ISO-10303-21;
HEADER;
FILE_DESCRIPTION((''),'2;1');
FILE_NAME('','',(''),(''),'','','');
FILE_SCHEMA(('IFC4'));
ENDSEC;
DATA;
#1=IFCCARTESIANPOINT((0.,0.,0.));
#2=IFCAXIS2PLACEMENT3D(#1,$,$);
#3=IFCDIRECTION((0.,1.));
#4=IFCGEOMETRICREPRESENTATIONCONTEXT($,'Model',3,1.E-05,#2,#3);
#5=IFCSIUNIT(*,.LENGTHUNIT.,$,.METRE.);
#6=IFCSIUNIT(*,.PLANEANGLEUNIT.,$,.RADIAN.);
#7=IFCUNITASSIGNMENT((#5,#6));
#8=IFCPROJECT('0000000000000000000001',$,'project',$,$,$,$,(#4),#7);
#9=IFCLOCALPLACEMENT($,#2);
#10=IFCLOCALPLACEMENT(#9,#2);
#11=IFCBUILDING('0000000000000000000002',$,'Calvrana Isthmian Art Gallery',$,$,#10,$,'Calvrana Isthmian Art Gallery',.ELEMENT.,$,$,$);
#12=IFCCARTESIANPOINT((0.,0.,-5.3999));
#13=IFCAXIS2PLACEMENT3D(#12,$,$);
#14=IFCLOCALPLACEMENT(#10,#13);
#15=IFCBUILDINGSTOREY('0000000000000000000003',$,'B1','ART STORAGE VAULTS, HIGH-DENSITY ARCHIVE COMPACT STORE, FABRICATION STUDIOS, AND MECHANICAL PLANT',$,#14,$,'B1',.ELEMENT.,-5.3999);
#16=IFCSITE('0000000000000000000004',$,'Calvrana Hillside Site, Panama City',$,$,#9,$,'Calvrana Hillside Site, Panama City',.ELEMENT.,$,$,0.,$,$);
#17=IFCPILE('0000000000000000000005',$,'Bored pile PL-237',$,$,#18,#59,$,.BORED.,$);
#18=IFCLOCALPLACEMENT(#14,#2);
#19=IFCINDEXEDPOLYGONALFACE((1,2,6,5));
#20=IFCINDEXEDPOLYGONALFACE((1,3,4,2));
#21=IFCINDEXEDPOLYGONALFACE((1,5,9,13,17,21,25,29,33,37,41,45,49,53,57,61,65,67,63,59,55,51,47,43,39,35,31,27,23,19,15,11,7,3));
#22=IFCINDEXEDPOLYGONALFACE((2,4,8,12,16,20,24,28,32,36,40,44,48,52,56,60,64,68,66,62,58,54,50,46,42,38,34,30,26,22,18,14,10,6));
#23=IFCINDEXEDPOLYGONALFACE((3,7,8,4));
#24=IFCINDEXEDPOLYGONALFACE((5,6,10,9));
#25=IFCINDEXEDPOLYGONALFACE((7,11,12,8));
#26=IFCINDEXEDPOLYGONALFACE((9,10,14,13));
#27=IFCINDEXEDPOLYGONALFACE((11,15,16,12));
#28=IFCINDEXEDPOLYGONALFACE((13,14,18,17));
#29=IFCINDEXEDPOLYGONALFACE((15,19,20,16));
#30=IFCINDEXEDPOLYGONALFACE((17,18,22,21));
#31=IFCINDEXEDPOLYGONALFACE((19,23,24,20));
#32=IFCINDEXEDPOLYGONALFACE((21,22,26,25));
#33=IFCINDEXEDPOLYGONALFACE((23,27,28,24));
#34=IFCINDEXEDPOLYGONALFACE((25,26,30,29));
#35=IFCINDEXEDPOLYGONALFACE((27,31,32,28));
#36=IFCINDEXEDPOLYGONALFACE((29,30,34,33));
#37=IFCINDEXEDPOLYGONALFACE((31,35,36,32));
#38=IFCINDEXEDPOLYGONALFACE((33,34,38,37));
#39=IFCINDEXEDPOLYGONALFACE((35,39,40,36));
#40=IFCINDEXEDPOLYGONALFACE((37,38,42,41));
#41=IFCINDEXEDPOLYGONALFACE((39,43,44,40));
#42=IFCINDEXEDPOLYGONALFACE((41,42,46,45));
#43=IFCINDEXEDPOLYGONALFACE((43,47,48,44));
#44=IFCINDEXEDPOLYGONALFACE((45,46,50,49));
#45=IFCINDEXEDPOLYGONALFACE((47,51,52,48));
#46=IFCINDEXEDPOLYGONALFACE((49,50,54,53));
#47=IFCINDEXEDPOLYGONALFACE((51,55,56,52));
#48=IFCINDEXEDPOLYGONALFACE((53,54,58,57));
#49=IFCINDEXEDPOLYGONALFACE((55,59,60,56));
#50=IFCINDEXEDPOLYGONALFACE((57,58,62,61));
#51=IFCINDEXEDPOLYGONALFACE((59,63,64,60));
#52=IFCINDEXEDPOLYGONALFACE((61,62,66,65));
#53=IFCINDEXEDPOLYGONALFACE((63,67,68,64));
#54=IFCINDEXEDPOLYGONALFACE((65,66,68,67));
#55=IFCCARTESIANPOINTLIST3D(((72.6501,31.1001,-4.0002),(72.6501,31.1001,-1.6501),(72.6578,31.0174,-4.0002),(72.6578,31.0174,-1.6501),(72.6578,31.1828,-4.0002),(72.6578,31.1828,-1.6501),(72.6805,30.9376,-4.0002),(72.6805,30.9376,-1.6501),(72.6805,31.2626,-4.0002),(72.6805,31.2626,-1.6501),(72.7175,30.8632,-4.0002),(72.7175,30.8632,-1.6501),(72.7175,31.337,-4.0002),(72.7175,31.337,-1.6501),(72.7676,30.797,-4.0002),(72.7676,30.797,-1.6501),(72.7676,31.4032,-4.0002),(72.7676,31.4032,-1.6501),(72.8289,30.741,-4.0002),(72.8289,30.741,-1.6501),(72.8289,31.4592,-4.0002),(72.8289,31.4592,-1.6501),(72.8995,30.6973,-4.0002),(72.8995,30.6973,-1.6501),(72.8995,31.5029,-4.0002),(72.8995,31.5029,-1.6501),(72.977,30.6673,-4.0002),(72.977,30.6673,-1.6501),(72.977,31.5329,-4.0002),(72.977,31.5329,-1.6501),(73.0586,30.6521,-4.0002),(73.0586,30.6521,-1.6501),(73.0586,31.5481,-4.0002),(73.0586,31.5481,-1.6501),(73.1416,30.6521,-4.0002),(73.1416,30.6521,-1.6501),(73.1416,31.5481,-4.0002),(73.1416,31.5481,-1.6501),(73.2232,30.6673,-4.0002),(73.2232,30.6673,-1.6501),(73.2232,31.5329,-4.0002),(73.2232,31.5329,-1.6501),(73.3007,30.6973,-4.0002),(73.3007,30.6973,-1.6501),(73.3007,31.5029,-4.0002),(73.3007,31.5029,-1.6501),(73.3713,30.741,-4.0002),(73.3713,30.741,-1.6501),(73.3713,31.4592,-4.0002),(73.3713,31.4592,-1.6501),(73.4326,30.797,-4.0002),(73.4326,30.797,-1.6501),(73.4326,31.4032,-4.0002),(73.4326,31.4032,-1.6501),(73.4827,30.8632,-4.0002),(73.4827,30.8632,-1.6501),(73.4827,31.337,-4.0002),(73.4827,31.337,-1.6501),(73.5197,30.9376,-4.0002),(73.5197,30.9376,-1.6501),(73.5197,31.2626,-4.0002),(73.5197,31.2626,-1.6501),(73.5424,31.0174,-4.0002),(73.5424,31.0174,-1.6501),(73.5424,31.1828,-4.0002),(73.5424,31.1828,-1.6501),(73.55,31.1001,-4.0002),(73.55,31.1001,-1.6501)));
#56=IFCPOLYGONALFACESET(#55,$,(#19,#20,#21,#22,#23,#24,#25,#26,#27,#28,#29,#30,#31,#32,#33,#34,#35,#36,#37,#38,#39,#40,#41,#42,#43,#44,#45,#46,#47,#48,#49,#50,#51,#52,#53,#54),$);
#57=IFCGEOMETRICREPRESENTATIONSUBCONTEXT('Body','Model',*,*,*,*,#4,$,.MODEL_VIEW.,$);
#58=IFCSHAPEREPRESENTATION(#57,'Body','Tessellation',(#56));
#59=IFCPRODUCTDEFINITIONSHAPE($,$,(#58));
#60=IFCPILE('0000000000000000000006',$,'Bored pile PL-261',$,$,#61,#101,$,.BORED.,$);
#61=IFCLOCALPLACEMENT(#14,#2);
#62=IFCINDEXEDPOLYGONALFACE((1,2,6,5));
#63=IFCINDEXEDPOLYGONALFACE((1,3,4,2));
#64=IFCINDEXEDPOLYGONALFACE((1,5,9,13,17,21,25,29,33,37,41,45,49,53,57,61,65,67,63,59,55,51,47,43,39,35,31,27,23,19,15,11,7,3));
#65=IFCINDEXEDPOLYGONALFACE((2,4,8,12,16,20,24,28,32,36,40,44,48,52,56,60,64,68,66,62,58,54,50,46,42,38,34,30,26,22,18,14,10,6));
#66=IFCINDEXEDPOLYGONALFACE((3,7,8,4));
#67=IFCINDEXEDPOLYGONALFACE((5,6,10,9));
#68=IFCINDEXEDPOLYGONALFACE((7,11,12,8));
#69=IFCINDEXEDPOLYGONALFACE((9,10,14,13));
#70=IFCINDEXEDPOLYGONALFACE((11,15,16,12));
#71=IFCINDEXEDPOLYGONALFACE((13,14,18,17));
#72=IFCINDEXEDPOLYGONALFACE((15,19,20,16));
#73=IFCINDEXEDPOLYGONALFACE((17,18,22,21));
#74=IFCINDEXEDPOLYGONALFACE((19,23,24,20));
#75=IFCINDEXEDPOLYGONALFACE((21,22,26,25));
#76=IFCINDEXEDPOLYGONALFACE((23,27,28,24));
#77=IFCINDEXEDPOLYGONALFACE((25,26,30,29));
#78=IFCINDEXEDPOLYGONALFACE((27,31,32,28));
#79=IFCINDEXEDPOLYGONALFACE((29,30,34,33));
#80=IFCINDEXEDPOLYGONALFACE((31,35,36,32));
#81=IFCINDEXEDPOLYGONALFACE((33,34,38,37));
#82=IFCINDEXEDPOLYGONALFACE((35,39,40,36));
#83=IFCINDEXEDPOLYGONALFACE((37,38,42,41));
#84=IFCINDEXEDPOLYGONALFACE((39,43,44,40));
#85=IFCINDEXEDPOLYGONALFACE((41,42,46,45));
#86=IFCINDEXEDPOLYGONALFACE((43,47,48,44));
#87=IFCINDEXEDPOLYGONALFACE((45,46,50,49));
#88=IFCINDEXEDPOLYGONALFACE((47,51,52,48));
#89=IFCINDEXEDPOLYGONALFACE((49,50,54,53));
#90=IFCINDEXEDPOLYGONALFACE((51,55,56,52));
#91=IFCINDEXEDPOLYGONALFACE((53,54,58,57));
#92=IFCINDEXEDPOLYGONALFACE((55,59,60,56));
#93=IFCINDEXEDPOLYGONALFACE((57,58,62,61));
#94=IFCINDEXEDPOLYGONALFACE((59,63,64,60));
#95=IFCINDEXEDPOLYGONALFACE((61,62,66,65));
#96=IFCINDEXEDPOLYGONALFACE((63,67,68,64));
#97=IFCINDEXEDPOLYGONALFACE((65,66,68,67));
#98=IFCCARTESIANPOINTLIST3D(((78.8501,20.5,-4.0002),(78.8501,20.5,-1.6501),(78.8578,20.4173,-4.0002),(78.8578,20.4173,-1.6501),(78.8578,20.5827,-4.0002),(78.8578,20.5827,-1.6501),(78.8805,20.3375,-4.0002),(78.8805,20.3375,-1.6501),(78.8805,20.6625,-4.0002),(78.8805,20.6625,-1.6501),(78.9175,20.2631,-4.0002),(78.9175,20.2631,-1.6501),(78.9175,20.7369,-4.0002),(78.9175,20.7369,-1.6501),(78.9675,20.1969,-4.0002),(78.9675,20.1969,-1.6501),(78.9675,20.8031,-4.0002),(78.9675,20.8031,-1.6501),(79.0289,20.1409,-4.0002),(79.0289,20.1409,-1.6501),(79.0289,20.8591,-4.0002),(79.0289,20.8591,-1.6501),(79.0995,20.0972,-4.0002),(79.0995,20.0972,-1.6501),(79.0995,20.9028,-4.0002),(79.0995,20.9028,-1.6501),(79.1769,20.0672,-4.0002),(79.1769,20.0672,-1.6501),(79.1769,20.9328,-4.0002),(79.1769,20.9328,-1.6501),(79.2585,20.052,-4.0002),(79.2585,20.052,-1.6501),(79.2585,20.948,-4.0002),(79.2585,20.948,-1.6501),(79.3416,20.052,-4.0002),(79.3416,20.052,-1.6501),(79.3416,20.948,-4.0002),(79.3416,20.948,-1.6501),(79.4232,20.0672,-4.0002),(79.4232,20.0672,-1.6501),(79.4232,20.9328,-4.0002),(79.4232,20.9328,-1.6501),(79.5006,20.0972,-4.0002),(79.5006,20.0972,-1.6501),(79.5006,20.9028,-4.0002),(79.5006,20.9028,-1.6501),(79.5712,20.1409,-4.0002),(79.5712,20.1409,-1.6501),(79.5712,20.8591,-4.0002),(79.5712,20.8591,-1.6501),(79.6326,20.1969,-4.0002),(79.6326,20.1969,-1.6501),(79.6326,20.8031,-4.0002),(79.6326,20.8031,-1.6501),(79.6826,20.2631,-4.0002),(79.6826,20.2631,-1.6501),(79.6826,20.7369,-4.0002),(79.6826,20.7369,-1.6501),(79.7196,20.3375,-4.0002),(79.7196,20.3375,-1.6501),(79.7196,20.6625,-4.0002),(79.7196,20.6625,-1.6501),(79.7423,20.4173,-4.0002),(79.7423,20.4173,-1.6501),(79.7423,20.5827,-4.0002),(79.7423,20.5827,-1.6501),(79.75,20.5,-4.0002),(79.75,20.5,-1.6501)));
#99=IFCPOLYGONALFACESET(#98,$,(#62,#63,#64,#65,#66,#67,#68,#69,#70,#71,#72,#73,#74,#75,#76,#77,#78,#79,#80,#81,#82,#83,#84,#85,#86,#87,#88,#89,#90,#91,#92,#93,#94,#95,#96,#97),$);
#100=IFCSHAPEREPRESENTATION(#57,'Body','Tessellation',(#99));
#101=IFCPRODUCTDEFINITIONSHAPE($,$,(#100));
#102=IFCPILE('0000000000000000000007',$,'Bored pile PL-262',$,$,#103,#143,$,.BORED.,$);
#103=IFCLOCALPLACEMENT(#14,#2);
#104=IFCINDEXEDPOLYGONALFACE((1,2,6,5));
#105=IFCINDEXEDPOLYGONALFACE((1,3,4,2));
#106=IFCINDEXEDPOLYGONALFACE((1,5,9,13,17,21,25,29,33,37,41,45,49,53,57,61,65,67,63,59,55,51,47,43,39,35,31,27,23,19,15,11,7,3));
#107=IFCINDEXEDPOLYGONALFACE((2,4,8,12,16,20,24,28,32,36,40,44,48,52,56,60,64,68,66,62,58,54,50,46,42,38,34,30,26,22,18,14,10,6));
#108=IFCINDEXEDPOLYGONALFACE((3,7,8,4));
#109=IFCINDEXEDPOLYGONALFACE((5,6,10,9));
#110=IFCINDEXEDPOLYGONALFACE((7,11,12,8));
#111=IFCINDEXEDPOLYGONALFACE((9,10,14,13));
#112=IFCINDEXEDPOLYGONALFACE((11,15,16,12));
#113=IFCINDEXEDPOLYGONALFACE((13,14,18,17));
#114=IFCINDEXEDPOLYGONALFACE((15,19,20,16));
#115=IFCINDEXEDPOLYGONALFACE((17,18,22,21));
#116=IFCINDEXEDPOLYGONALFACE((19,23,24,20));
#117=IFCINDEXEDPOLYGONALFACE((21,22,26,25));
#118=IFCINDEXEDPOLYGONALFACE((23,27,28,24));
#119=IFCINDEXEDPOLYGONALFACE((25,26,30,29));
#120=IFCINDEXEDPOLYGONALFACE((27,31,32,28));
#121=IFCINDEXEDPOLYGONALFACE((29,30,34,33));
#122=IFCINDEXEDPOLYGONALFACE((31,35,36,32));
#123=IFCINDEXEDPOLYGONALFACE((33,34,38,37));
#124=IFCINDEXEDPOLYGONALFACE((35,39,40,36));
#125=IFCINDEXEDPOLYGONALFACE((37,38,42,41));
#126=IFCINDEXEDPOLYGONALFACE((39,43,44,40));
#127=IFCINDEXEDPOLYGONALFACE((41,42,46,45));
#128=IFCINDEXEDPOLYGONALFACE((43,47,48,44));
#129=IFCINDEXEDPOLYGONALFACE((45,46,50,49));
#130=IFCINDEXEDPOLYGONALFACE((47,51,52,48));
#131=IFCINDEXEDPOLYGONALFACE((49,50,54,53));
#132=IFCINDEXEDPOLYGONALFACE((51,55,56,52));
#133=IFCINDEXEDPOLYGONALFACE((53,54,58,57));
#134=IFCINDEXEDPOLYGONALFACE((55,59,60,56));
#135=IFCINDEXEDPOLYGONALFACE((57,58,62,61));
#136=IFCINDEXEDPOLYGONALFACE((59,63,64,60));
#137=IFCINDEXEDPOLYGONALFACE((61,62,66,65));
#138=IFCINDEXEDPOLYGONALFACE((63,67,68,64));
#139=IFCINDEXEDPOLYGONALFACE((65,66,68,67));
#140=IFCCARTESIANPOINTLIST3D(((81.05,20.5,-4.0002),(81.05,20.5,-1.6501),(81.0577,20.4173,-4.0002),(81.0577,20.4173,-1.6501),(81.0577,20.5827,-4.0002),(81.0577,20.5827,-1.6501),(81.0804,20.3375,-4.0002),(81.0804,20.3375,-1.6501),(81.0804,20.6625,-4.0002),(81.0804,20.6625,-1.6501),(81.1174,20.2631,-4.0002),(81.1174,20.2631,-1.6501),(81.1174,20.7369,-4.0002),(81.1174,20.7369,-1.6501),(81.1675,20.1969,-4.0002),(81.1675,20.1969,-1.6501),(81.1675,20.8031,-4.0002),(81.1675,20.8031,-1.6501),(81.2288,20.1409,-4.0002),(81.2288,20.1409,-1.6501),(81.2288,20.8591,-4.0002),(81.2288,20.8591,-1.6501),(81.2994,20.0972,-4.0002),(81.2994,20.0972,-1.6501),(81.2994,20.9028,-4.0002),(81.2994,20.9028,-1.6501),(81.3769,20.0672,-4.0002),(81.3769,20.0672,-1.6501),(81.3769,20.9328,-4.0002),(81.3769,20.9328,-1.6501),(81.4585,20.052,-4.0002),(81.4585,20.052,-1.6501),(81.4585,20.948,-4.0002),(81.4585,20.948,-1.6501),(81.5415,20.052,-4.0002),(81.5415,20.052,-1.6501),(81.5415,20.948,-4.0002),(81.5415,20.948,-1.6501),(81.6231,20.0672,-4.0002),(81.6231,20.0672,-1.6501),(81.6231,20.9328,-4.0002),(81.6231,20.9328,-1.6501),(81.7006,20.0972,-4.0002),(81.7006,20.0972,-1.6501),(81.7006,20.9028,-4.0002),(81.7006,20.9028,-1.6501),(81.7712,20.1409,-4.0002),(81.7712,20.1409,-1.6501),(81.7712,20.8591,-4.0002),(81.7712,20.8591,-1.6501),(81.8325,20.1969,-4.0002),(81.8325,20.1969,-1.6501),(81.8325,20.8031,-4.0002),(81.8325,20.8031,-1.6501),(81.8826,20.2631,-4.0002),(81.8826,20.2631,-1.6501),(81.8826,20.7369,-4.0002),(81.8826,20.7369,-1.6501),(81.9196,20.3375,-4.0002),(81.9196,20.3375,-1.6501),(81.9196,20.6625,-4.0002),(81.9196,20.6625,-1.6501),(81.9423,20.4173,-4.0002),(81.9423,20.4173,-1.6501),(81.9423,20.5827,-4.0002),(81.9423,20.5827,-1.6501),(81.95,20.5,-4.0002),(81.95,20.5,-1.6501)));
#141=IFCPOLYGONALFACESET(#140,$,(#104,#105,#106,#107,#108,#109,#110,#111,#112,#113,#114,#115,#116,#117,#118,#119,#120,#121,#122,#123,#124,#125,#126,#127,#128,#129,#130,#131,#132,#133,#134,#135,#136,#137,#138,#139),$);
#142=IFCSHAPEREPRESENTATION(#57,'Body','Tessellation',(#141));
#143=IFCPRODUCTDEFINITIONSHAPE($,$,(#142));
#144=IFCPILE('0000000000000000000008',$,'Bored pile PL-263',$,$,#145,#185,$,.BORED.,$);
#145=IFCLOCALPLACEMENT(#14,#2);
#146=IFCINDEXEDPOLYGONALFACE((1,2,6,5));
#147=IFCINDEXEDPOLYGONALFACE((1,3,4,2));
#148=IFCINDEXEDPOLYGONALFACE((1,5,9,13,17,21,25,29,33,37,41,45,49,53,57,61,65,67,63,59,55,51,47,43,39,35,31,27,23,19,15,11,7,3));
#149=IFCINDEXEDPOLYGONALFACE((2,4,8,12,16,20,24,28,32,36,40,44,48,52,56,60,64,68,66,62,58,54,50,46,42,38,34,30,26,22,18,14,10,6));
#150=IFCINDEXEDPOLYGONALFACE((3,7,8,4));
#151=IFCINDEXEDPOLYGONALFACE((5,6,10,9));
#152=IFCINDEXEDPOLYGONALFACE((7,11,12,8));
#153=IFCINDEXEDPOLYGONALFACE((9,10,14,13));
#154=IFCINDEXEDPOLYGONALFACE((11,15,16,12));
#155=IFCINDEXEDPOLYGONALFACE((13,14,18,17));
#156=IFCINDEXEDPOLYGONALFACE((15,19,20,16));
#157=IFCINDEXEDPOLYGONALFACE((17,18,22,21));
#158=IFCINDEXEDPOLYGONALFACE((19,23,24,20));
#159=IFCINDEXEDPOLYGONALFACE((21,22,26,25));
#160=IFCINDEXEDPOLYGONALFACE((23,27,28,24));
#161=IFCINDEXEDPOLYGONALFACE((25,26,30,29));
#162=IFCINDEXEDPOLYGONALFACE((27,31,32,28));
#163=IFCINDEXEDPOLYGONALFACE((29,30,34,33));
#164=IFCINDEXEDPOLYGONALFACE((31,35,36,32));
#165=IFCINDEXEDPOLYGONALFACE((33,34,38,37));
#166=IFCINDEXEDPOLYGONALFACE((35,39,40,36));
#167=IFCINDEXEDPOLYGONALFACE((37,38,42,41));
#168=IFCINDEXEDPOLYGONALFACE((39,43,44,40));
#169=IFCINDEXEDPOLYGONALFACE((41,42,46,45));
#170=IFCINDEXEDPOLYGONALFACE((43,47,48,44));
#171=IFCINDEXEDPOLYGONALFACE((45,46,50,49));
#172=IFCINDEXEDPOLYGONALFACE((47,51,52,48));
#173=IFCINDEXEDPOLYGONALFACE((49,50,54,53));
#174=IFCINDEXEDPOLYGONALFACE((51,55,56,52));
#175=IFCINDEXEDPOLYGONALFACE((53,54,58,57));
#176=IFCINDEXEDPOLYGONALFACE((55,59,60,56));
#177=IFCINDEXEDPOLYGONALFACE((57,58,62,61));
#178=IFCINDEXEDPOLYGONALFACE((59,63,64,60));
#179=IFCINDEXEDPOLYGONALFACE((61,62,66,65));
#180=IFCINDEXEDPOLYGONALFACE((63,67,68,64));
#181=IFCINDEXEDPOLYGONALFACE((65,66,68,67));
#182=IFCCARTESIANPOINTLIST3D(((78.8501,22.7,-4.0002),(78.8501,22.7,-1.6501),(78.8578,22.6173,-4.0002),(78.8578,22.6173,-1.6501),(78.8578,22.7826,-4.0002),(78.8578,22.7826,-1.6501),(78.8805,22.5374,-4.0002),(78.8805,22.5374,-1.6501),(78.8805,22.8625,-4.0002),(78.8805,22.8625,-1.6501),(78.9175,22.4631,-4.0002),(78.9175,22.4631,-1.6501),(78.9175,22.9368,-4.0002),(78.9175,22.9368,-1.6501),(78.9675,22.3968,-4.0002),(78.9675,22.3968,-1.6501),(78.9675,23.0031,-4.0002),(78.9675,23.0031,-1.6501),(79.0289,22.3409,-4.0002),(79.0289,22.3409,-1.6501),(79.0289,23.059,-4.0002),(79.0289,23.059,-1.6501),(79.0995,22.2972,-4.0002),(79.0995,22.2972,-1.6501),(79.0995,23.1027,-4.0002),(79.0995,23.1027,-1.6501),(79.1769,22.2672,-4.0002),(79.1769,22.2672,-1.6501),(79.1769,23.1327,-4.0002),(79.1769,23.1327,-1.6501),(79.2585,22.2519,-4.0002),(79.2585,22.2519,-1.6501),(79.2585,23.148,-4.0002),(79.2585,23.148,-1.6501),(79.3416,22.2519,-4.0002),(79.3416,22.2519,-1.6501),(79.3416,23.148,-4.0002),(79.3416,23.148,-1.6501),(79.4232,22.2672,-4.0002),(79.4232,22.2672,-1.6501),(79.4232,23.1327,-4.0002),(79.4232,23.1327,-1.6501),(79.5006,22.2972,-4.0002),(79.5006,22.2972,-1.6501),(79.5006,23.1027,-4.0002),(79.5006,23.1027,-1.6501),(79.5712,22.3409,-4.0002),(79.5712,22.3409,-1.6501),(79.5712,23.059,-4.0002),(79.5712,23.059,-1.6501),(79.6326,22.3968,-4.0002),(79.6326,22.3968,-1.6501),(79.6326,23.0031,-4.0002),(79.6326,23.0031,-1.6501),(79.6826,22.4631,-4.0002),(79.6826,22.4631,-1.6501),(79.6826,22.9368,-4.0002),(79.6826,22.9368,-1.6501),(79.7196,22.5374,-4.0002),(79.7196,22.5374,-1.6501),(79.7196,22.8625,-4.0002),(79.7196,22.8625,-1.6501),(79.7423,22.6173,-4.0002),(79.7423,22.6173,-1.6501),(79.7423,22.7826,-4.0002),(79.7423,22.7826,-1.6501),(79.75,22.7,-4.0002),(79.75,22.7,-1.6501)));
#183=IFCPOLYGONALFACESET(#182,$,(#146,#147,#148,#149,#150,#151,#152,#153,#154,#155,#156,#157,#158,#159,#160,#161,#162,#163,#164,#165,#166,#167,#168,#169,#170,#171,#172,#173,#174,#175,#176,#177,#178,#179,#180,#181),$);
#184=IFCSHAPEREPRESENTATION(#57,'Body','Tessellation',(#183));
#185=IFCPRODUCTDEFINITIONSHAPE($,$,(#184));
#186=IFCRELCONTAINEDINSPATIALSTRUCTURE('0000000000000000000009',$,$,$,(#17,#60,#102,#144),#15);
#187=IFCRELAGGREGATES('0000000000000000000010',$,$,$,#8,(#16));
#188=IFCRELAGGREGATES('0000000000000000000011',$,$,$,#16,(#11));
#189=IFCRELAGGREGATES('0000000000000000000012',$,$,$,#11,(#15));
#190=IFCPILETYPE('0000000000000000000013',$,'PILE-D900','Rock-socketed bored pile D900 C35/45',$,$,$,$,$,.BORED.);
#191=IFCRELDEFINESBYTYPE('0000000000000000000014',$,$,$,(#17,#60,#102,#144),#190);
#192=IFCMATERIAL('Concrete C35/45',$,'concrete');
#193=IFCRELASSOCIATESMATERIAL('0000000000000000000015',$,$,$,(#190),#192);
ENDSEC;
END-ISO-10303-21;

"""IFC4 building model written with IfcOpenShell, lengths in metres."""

from ifc_helpers import new_model, si_unit, direction, frame, origin, origin_2d, place, context, subcontext, project, spatial, circle, extrude, material, material_profile, profile_set, type_object, element, save


model = new_model("IFC4")

# Units and contexts
model_context = context("Model", 3, precision=1e-05, world=origin(), true_north=direction((0.0, 1.0)))
body_context = subcontext(model_context, "Body", "Model", "MODEL_VIEW")
ifc_project = project(units=[si_unit("LENGTHUNIT", "METRE"), si_unit("PLANEANGLEUNIT", "RADIAN")], contexts=[model_context])

# Site, building, storey
site_placement = place(None, origin())
site = spatial("IfcSite", under=ifc_project, at=site_placement, Name="Calvrana Hillside Site, Panama City", LongName="Calvrana Hillside Site, Panama City", CompositionType="ELEMENT", RefElevation=0.0)
building_placement = place(site_placement, origin())
building = spatial("IfcBuilding", under=site, at=building_placement, Name="Calvrana Isthmian Art Gallery", LongName="Calvrana Isthmian Art Gallery", CompositionType="ELEMENT")
storey_placement = place(building_placement, frame((0.0, 0.0, -5.3999)))
storey = spatial("IfcBuildingStorey", under=building, at=storey_placement, Name="B1", Description="ART STORAGE VAULTS, HIGH-DENSITY ARCHIVE COMPACT STORE, FABRICATION STUDIOS, AND MECHANICAL PLANT", LongName="B1", CompositionType="ELEMENT", Elevation=-5.3999)

# Shared definitions
ifc_material_1 = material(Name="Concrete C35/45", Category="concrete")

# Piles
ifc_material_profile_1 = material_profile(ifc_material_1, circle(Radius=0.45, at=origin_2d()), Name="PILE900D")
ifc_profile_set_1 = profile_set([ifc_material_profile_1], Name="Concrete C35/45")
pile_type_1 = type_object("IfcPileType", Name="PILE-D900", Description="Rock-socketed bored pile D900 C35/45", PredefinedType="BORED", material=ifc_profile_set_1)
for number, where, z_axis, x_axis, name in (
    (1, (73.1001, 31.1001, -1.6501), (0.0, 0.0, -1.0), (1.0, 0.0, 0.0), "Bored pile PL-237"),
    (2, (79.3, 20.5, -1.6501), (0.0, 0.0, -1.0), (1.0, 0.0, 0.0), "Bored pile PL-261"),
    (3, (81.5, 20.5, -1.6501), (0.0, 0.0, -1.0), (1.0, 0.0, 0.0), "Bored pile PL-262"),
    (4, (79.3, 22.7, -1.6501), (0.0, 0.0, -1.0), (1.0, 0.0, 0.0), "Bored pile PL-263"),
):
    element("IfcPile", number, at=place(storey_placement, frame(where, z_axis=z_axis, x_axis=x_axis)), inside=storey, type_object=pile_type_1, Name=name, PredefinedType="BORED", context=body_context, shape_type="SweptSolid", body=[
        extrude(circle(Radius=0.45, at=origin_2d()), origin(), (0.0, 0.0, 1.0), 2.3501),
    ])

save(model, "model.ifc")
